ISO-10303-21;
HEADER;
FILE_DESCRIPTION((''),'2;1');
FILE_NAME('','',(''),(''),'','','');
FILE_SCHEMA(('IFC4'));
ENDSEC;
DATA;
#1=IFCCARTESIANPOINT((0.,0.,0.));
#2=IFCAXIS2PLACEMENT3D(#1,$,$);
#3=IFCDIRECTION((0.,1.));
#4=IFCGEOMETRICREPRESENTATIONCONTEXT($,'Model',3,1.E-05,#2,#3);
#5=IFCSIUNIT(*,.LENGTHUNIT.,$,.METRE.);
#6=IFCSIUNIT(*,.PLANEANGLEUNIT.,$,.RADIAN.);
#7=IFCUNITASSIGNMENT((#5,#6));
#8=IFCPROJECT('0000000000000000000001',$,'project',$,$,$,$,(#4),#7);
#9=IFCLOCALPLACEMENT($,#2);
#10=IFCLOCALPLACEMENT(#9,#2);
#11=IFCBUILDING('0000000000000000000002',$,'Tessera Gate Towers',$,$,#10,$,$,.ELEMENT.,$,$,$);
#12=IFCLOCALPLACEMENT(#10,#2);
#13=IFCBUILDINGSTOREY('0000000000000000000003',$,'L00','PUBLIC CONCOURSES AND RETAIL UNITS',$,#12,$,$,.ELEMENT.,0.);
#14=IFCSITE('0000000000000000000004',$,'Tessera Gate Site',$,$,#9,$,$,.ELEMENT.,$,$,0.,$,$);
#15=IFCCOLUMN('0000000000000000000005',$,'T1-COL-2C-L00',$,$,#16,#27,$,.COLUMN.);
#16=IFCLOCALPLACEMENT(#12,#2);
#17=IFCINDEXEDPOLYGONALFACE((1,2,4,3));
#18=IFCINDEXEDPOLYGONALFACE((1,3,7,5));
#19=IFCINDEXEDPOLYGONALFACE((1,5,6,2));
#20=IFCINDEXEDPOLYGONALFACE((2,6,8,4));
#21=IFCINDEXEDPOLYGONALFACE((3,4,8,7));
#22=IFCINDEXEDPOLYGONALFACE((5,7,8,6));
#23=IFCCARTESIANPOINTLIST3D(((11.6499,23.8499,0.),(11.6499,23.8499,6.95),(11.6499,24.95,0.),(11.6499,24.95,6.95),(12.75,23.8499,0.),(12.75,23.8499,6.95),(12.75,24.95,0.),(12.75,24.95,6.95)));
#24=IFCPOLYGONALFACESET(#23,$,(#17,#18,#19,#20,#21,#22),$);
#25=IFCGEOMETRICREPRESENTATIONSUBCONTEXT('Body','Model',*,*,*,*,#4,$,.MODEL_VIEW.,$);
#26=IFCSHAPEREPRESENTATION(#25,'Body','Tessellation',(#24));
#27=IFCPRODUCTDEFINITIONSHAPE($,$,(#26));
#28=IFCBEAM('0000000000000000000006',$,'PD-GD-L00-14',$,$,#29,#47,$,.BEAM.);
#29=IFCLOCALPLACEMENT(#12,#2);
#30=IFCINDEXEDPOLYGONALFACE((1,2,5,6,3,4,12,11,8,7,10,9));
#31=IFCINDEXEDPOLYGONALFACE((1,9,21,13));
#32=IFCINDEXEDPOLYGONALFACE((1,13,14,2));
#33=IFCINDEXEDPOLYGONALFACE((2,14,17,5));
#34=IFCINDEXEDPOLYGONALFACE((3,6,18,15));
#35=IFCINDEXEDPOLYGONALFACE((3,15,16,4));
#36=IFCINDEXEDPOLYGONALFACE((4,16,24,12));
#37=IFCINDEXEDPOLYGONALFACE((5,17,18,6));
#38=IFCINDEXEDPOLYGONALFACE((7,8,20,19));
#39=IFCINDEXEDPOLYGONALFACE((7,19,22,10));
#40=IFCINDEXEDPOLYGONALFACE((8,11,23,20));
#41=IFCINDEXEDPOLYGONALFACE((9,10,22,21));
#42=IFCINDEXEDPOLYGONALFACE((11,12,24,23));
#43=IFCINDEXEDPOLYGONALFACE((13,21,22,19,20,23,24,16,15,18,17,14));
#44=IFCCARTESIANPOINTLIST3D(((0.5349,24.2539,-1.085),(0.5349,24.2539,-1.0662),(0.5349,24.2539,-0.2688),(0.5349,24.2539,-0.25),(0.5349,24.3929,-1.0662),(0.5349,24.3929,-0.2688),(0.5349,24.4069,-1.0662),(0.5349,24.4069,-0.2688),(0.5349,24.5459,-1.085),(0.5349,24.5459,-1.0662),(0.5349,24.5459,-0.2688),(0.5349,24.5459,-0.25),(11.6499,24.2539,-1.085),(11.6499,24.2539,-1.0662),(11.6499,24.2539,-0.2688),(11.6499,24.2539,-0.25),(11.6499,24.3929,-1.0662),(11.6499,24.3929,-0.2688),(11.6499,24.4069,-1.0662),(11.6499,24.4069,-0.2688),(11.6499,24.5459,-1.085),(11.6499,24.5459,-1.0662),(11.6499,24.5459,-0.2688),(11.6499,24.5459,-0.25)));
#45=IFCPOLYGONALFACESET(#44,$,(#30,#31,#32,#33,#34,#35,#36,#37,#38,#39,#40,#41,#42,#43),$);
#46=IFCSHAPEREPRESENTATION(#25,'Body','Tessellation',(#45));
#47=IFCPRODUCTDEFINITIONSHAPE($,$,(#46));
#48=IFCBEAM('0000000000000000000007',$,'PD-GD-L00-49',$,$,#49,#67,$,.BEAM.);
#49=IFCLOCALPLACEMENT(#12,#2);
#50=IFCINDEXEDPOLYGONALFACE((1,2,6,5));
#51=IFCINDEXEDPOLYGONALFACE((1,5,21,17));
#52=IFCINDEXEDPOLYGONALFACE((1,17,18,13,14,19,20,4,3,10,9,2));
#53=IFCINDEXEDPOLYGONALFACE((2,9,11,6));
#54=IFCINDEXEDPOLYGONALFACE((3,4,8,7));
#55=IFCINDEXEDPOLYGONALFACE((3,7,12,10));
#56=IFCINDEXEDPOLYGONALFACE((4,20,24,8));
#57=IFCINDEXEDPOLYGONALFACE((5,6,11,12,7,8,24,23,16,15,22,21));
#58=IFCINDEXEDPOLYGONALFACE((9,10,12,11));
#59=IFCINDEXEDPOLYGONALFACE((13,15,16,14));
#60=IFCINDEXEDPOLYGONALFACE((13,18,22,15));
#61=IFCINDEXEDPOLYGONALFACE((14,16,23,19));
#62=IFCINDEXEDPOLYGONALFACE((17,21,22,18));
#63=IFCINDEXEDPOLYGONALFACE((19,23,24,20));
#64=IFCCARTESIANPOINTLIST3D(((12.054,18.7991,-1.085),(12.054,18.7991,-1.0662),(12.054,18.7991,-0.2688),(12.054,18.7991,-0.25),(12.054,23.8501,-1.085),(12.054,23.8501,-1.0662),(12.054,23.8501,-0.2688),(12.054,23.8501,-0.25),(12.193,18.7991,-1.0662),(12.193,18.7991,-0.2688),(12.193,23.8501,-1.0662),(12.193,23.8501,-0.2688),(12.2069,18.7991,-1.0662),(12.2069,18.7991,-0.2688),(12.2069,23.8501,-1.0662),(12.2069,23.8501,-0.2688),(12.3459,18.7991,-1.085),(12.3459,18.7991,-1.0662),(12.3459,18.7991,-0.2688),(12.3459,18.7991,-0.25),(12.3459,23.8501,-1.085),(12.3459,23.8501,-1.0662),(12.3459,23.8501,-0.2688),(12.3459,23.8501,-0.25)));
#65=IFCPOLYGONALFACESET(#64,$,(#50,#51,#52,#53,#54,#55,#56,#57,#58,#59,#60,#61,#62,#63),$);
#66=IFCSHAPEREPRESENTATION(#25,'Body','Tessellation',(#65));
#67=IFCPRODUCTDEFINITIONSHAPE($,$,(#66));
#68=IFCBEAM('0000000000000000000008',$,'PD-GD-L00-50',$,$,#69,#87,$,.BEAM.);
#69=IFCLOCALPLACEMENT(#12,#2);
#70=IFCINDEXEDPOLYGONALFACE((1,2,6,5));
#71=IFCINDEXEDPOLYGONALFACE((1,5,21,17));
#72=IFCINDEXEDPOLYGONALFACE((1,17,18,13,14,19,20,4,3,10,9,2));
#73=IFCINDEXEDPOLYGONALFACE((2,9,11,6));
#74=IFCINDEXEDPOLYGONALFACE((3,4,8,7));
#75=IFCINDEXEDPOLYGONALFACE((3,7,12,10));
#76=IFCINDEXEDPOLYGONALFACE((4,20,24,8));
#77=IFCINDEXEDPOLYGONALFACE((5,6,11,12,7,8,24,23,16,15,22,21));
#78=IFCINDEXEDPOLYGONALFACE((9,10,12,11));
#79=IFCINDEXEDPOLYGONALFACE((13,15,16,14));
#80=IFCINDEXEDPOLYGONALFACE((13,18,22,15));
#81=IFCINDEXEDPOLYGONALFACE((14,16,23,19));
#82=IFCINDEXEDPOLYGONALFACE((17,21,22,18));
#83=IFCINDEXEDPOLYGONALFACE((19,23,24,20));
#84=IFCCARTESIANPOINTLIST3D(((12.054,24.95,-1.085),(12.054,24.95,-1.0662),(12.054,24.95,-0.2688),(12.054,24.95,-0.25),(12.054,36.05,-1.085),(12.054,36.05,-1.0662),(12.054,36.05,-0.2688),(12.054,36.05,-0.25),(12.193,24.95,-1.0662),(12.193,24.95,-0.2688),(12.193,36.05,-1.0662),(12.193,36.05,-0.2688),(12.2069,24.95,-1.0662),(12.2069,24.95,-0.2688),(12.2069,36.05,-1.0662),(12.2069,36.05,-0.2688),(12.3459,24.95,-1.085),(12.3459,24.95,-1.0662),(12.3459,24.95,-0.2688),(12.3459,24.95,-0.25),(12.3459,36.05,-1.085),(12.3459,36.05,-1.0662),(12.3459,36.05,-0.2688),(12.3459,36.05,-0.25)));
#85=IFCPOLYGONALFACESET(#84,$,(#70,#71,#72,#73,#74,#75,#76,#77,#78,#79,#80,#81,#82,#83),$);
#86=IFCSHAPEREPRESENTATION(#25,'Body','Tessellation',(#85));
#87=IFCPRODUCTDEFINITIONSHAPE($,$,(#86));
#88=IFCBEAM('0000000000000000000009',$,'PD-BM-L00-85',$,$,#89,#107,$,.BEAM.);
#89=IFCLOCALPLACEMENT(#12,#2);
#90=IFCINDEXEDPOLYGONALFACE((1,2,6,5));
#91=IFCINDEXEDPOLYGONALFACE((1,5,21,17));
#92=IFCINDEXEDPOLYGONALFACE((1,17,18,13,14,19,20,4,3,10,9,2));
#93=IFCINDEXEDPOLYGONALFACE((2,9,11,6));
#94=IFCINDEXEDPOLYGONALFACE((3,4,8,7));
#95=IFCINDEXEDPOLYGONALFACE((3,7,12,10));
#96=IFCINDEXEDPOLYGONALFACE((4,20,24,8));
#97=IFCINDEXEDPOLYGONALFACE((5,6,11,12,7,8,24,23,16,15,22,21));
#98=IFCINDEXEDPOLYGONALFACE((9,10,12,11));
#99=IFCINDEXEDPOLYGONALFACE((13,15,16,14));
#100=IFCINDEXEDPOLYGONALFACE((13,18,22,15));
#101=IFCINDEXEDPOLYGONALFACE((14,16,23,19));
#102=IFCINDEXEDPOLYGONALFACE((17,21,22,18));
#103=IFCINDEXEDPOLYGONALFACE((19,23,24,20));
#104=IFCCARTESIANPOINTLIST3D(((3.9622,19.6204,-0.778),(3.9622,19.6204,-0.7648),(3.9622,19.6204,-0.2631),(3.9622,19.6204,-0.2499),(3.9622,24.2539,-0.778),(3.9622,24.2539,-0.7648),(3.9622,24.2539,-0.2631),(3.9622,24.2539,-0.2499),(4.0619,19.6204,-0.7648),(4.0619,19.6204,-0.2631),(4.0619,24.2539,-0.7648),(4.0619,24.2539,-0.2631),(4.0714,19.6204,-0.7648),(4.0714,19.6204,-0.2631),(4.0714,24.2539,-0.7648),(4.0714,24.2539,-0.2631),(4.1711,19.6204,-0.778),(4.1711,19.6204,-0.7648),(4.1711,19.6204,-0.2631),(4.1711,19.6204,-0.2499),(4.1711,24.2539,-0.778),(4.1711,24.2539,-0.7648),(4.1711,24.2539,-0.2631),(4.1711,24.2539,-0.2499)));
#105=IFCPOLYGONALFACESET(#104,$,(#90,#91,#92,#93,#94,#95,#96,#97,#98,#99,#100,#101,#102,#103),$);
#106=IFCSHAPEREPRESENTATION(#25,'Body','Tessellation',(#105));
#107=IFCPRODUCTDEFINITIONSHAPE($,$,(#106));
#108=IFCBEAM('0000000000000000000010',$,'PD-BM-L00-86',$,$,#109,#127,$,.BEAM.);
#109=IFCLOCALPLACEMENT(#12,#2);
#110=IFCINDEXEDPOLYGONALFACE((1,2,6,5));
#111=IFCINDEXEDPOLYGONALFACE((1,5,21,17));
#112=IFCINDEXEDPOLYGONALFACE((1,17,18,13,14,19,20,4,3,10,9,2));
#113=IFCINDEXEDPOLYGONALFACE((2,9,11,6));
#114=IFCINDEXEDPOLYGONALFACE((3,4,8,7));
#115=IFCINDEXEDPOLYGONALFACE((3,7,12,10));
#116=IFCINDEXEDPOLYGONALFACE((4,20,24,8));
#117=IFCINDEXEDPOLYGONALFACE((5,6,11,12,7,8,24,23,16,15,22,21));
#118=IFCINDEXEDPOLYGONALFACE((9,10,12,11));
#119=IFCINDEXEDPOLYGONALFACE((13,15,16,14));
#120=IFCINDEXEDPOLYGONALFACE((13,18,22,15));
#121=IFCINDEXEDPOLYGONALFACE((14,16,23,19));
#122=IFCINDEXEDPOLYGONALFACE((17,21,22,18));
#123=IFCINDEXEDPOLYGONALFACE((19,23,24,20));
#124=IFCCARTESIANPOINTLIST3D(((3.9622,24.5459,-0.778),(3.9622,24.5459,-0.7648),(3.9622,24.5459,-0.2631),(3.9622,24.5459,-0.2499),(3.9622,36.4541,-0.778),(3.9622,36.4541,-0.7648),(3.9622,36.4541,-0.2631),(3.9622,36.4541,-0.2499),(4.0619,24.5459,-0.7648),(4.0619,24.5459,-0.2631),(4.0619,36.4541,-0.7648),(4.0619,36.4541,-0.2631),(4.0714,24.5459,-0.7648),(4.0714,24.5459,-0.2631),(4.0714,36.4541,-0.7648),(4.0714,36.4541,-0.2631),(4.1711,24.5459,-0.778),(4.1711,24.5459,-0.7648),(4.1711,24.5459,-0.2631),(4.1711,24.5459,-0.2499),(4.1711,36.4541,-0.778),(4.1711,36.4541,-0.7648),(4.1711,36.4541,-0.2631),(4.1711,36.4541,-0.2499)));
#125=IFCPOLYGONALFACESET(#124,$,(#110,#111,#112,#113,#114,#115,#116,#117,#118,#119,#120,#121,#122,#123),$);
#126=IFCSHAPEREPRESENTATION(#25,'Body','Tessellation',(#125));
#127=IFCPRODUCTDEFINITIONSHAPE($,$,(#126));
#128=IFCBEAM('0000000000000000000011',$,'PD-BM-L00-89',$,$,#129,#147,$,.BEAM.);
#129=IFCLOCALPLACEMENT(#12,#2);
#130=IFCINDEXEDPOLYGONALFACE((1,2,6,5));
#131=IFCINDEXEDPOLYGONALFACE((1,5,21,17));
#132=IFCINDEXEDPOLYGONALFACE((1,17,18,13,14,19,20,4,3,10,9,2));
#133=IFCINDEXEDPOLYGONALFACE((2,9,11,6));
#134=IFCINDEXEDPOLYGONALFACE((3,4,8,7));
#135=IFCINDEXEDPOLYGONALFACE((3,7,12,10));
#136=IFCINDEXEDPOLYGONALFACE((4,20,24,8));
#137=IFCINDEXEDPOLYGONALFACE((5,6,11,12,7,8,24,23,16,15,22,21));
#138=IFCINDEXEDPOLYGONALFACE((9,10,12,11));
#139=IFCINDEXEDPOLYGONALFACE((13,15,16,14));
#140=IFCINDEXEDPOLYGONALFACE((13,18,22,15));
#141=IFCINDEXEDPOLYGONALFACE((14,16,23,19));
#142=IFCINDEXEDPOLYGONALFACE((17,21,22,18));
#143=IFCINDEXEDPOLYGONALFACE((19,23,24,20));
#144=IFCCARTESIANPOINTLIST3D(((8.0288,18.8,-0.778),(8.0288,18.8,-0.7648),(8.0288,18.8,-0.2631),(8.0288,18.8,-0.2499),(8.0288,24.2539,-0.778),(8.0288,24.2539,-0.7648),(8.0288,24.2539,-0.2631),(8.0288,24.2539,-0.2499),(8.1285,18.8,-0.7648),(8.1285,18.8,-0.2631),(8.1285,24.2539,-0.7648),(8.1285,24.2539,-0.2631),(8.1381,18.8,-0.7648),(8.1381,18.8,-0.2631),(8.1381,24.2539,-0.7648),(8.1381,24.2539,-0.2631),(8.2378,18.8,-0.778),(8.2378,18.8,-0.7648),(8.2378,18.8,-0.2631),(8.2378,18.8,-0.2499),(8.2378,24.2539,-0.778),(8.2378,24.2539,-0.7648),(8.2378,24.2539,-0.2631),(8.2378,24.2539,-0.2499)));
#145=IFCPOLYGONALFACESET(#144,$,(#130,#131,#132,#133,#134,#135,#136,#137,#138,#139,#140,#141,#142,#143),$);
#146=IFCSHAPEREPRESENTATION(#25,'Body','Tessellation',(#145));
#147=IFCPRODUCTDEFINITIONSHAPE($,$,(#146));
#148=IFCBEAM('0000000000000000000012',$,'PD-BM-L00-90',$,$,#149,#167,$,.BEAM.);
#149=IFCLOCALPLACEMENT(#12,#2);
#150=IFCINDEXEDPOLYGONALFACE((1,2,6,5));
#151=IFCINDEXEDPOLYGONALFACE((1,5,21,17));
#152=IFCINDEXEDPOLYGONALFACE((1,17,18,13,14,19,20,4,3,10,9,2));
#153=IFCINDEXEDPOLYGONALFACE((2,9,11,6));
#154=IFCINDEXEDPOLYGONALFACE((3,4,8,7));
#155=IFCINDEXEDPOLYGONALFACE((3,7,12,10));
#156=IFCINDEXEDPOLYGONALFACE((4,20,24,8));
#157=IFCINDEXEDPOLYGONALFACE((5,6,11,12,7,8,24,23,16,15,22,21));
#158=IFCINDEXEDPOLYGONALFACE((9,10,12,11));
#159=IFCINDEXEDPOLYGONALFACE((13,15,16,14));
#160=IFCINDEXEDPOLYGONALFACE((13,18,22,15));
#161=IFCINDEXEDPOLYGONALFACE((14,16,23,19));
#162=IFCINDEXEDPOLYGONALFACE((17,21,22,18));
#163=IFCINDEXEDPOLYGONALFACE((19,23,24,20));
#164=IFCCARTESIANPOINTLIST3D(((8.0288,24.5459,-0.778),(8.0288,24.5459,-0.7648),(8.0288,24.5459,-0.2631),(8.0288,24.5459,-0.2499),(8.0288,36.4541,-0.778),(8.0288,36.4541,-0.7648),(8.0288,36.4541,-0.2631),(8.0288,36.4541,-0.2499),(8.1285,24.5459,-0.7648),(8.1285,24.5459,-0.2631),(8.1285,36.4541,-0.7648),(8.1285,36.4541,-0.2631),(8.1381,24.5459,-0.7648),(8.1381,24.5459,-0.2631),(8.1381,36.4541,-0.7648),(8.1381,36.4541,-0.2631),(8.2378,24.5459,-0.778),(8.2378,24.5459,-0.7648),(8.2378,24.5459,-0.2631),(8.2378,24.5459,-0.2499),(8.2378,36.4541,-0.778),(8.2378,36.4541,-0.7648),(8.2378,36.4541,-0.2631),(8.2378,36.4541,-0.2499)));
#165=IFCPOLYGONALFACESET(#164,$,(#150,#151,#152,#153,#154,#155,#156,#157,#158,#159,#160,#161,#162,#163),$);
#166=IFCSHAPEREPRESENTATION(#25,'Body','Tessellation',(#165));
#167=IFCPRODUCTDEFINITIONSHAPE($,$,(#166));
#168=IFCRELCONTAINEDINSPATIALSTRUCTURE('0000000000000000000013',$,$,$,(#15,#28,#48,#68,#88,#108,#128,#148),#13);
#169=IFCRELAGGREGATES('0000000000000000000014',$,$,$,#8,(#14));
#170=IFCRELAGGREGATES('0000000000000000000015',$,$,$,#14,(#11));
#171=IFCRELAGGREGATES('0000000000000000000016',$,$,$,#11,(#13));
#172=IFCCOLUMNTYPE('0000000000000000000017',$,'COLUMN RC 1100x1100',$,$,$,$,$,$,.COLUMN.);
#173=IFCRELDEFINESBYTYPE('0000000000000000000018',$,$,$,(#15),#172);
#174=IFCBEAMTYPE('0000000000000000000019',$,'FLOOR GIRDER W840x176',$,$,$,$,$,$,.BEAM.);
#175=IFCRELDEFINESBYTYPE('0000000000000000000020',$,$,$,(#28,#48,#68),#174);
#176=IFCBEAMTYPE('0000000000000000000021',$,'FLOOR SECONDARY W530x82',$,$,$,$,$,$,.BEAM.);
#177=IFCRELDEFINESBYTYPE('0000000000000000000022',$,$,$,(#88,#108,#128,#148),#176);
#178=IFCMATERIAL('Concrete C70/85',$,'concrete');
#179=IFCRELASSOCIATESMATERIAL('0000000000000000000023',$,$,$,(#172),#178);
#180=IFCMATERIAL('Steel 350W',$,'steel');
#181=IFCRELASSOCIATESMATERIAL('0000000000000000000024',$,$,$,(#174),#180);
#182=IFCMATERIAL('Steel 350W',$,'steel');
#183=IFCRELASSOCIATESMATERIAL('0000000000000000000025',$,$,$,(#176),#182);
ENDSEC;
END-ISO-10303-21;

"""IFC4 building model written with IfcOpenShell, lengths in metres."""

from ifc_helpers import new_model, si_unit, direction, frame, origin, origin_2d, place, context, subcontext, project, spatial, rectangle, i_section, extrude, material, material_profile, profile_set, type_object, element, save


model = new_model("IFC4")

# Units and contexts
model_context = context("Model", 3, precision=1e-05, world=origin(), true_north=direction((0.0, 1.0)))
body_context = subcontext(model_context, "Body", "Model", "MODEL_VIEW")
ifc_project = project(units=[si_unit("LENGTHUNIT", "METRE"), si_unit("PLANEANGLEUNIT", "RADIAN")], contexts=[model_context])

# Site, building, storey
site_placement = place(None, origin())
site = spatial("IfcSite", under=ifc_project, at=site_placement, Name="Tessera Gate Site", CompositionType="ELEMENT", RefElevation=0.0)
building_placement = place(site_placement, origin())
building = spatial("IfcBuilding", under=site, at=building_placement, Name="Tessera Gate Towers", CompositionType="ELEMENT")
storey_placement = place(building_placement, origin())
storey = spatial("IfcBuildingStorey", under=building, at=storey_placement, Name="L00", Description="PUBLIC CONCOURSES AND RETAIL UNITS", CompositionType="ELEMENT", Elevation=0.0)

# Column
ifc_material_1 = material(Name="Concrete C70/85", Category="concrete")
ifc_material_profile_1 = material_profile(ifc_material_1, rectangle(XDim=1.1001, YDim=1.1001, at=origin_2d()), Name="RC 1100x1100")
ifc_profile_set_1 = profile_set([ifc_material_profile_1], Name="Concrete C70/85")
column_type = type_object("IfcColumnType", Name="COLUMN RC 1100x1100", PredefinedType="COLUMN", material=ifc_profile_set_1)
column_placement = place(storey_placement, frame((12.2, 24.3999, 0.0), z_axis=(0.0, 0.0, 1.0), x_axis=(1.0, 0.0, 0.0)))
element("IfcColumn", 1, at=column_placement, inside=storey, type_object=column_type, Name="T1-COL-2C-L00", PredefinedType="COLUMN", context=body_context, shape_type="SweptSolid", body=[
    extrude(rectangle(XDim=1.1001, YDim=1.1001, at=origin_2d()), origin(), (0.0, 0.0, 1.0), 6.95),
])

# Beams
ifc_material_2 = material(Name="Steel 350W", Category="steel")
ifc_material_profile_2 = material_profile(ifc_material_2, i_section(OverallWidth=0.292, OverallDepth=0.835, WebThickness=0.0139, FlangeThickness=0.0188, at=origin_2d()), Name="W840x176")
ifc_profile_set_2 = profile_set([ifc_material_profile_2], Name="Steel 350W")
beam_type_1 = type_object("IfcBeamType", Name="FLOOR GIRDER W840x176", PredefinedType="BEAM", material=ifc_profile_set_2)
beam_1_placement = place(storey_placement, frame((0.5349, 24.3999, -0.6675), z_axis=(1.0, 0.0, 0.0), x_axis=(0.0, 1.0, 0.0)))
element("IfcBeam", 2, at=beam_1_placement, inside=storey, type_object=beam_type_1, Name="PD-GD-L00-14", PredefinedType="BEAM", context=body_context, shape_type="SweptSolid", body=[
    extrude(i_section(OverallWidth=0.292, OverallDepth=0.835, WebThickness=0.0139, FlangeThickness=0.0188, at=origin_2d()), origin(), (0.0, 0.0, 1.0), 11.115),
])
beam_2_placement = place(storey_placement, frame((12.2, 18.7991, -0.6675), z_axis=(0.0, 1.0, 0.0), x_axis=(-1.0, 0.0, 0.0)))
element("IfcBeam", 3, at=beam_2_placement, inside=storey, type_object=beam_type_1, Name="PD-GD-L00-49", PredefinedType="BEAM", context=body_context, shape_type="SweptSolid", body=[
    extrude(i_section(OverallWidth=0.292, OverallDepth=0.835, WebThickness=0.0139, FlangeThickness=0.0188, at=origin_2d()), origin(), (0.0, 0.0, 1.0), 5.051),
])
beam_3_placement = place(storey_placement, frame((12.2, 24.95, -0.6675), z_axis=(0.0, 1.0, 0.0), x_axis=(-1.0, 0.0, 0.0)))
element("IfcBeam", 4, at=beam_3_placement, inside=storey, type_object=beam_type_1, Name="PD-GD-L00-50", PredefinedType="BEAM", context=body_context, shape_type="SweptSolid", body=[
    extrude(i_section(OverallWidth=0.292, OverallDepth=0.835, WebThickness=0.0139, FlangeThickness=0.0188, at=origin_2d()), origin(), (0.0, 0.0, 1.0), 11.1001),
])
ifc_material_3 = material(Name="Steel 350W", Category="steel")
ifc_material_profile_3 = material_profile(ifc_material_3, i_section(OverallWidth=0.209, OverallDepth=0.5281, WebThickness=0.0095, FlangeThickness=0.0132, at=origin_2d()), Name="W530x82")
ifc_profile_set_3 = profile_set([ifc_material_profile_3], Name="Steel 350W")
beam_type_2 = type_object("IfcBeamType", Name="FLOOR SECONDARY W530x82", PredefinedType="BEAM", material=ifc_profile_set_3)
beam_4_placement = place(storey_placement, frame((4.0667, 19.6204, -0.5139), z_axis=(0.0, 1.0, 0.0), x_axis=(-1.0, 0.0, 0.0)))
element("IfcBeam", 5, at=beam_4_placement, inside=storey, type_object=beam_type_2, Name="PD-BM-L00-85", PredefinedType="BEAM", context=body_context, shape_type="SweptSolid", body=[
    extrude(i_section(OverallWidth=0.209, OverallDepth=0.5281, WebThickness=0.0095, FlangeThickness=0.0132, at=origin_2d()), origin(), (0.0, 0.0, 1.0), 4.6335),
])
beam_5_placement = place(storey_placement, frame((4.0667, 24.5459, -0.5139), z_axis=(0.0, 1.0, 0.0), x_axis=(-1.0, 0.0, 0.0)))
element("IfcBeam", 6, at=beam_5_placement, inside=storey, type_object=beam_type_2, Name="PD-BM-L00-86", PredefinedType="BEAM", context=body_context, shape_type="SweptSolid", body=[
    extrude(i_section(OverallWidth=0.209, OverallDepth=0.5281, WebThickness=0.0095, FlangeThickness=0.0132, at=origin_2d()), origin(), (0.0, 0.0, 1.0), 11.9082),
])
beam_6_placement = place(storey_placement, frame((8.1333, 18.8, -0.5139), z_axis=(0.0, 1.0, 0.0), x_axis=(-1.0, 0.0, 0.0)))
element("IfcBeam", 7, at=beam_6_placement, inside=storey, type_object=beam_type_2, Name="PD-BM-L00-89", PredefinedType="BEAM", context=body_context, shape_type="SweptSolid", body=[
    extrude(i_section(OverallWidth=0.209, OverallDepth=0.5281, WebThickness=0.0095, FlangeThickness=0.0132, at=origin_2d()), origin(), (0.0, 0.0, 1.0), 5.4539),
])
beam_7_placement = place(storey_placement, frame((8.1333, 24.5459, -0.5139), z_axis=(0.0, 1.0, 0.0), x_axis=(-1.0, 0.0, 0.0)))
element("IfcBeam", 8, at=beam_7_placement, inside=storey, type_object=beam_type_2, Name="PD-BM-L00-90", PredefinedType="BEAM", context=body_context, shape_type="SweptSolid", body=[
    extrude(i_section(OverallWidth=0.209, OverallDepth=0.5281, WebThickness=0.0095, FlangeThickness=0.0132, at=origin_2d()), origin(), (0.0, 0.0, 1.0), 11.9082),
])

save(model, "model.ifc")
